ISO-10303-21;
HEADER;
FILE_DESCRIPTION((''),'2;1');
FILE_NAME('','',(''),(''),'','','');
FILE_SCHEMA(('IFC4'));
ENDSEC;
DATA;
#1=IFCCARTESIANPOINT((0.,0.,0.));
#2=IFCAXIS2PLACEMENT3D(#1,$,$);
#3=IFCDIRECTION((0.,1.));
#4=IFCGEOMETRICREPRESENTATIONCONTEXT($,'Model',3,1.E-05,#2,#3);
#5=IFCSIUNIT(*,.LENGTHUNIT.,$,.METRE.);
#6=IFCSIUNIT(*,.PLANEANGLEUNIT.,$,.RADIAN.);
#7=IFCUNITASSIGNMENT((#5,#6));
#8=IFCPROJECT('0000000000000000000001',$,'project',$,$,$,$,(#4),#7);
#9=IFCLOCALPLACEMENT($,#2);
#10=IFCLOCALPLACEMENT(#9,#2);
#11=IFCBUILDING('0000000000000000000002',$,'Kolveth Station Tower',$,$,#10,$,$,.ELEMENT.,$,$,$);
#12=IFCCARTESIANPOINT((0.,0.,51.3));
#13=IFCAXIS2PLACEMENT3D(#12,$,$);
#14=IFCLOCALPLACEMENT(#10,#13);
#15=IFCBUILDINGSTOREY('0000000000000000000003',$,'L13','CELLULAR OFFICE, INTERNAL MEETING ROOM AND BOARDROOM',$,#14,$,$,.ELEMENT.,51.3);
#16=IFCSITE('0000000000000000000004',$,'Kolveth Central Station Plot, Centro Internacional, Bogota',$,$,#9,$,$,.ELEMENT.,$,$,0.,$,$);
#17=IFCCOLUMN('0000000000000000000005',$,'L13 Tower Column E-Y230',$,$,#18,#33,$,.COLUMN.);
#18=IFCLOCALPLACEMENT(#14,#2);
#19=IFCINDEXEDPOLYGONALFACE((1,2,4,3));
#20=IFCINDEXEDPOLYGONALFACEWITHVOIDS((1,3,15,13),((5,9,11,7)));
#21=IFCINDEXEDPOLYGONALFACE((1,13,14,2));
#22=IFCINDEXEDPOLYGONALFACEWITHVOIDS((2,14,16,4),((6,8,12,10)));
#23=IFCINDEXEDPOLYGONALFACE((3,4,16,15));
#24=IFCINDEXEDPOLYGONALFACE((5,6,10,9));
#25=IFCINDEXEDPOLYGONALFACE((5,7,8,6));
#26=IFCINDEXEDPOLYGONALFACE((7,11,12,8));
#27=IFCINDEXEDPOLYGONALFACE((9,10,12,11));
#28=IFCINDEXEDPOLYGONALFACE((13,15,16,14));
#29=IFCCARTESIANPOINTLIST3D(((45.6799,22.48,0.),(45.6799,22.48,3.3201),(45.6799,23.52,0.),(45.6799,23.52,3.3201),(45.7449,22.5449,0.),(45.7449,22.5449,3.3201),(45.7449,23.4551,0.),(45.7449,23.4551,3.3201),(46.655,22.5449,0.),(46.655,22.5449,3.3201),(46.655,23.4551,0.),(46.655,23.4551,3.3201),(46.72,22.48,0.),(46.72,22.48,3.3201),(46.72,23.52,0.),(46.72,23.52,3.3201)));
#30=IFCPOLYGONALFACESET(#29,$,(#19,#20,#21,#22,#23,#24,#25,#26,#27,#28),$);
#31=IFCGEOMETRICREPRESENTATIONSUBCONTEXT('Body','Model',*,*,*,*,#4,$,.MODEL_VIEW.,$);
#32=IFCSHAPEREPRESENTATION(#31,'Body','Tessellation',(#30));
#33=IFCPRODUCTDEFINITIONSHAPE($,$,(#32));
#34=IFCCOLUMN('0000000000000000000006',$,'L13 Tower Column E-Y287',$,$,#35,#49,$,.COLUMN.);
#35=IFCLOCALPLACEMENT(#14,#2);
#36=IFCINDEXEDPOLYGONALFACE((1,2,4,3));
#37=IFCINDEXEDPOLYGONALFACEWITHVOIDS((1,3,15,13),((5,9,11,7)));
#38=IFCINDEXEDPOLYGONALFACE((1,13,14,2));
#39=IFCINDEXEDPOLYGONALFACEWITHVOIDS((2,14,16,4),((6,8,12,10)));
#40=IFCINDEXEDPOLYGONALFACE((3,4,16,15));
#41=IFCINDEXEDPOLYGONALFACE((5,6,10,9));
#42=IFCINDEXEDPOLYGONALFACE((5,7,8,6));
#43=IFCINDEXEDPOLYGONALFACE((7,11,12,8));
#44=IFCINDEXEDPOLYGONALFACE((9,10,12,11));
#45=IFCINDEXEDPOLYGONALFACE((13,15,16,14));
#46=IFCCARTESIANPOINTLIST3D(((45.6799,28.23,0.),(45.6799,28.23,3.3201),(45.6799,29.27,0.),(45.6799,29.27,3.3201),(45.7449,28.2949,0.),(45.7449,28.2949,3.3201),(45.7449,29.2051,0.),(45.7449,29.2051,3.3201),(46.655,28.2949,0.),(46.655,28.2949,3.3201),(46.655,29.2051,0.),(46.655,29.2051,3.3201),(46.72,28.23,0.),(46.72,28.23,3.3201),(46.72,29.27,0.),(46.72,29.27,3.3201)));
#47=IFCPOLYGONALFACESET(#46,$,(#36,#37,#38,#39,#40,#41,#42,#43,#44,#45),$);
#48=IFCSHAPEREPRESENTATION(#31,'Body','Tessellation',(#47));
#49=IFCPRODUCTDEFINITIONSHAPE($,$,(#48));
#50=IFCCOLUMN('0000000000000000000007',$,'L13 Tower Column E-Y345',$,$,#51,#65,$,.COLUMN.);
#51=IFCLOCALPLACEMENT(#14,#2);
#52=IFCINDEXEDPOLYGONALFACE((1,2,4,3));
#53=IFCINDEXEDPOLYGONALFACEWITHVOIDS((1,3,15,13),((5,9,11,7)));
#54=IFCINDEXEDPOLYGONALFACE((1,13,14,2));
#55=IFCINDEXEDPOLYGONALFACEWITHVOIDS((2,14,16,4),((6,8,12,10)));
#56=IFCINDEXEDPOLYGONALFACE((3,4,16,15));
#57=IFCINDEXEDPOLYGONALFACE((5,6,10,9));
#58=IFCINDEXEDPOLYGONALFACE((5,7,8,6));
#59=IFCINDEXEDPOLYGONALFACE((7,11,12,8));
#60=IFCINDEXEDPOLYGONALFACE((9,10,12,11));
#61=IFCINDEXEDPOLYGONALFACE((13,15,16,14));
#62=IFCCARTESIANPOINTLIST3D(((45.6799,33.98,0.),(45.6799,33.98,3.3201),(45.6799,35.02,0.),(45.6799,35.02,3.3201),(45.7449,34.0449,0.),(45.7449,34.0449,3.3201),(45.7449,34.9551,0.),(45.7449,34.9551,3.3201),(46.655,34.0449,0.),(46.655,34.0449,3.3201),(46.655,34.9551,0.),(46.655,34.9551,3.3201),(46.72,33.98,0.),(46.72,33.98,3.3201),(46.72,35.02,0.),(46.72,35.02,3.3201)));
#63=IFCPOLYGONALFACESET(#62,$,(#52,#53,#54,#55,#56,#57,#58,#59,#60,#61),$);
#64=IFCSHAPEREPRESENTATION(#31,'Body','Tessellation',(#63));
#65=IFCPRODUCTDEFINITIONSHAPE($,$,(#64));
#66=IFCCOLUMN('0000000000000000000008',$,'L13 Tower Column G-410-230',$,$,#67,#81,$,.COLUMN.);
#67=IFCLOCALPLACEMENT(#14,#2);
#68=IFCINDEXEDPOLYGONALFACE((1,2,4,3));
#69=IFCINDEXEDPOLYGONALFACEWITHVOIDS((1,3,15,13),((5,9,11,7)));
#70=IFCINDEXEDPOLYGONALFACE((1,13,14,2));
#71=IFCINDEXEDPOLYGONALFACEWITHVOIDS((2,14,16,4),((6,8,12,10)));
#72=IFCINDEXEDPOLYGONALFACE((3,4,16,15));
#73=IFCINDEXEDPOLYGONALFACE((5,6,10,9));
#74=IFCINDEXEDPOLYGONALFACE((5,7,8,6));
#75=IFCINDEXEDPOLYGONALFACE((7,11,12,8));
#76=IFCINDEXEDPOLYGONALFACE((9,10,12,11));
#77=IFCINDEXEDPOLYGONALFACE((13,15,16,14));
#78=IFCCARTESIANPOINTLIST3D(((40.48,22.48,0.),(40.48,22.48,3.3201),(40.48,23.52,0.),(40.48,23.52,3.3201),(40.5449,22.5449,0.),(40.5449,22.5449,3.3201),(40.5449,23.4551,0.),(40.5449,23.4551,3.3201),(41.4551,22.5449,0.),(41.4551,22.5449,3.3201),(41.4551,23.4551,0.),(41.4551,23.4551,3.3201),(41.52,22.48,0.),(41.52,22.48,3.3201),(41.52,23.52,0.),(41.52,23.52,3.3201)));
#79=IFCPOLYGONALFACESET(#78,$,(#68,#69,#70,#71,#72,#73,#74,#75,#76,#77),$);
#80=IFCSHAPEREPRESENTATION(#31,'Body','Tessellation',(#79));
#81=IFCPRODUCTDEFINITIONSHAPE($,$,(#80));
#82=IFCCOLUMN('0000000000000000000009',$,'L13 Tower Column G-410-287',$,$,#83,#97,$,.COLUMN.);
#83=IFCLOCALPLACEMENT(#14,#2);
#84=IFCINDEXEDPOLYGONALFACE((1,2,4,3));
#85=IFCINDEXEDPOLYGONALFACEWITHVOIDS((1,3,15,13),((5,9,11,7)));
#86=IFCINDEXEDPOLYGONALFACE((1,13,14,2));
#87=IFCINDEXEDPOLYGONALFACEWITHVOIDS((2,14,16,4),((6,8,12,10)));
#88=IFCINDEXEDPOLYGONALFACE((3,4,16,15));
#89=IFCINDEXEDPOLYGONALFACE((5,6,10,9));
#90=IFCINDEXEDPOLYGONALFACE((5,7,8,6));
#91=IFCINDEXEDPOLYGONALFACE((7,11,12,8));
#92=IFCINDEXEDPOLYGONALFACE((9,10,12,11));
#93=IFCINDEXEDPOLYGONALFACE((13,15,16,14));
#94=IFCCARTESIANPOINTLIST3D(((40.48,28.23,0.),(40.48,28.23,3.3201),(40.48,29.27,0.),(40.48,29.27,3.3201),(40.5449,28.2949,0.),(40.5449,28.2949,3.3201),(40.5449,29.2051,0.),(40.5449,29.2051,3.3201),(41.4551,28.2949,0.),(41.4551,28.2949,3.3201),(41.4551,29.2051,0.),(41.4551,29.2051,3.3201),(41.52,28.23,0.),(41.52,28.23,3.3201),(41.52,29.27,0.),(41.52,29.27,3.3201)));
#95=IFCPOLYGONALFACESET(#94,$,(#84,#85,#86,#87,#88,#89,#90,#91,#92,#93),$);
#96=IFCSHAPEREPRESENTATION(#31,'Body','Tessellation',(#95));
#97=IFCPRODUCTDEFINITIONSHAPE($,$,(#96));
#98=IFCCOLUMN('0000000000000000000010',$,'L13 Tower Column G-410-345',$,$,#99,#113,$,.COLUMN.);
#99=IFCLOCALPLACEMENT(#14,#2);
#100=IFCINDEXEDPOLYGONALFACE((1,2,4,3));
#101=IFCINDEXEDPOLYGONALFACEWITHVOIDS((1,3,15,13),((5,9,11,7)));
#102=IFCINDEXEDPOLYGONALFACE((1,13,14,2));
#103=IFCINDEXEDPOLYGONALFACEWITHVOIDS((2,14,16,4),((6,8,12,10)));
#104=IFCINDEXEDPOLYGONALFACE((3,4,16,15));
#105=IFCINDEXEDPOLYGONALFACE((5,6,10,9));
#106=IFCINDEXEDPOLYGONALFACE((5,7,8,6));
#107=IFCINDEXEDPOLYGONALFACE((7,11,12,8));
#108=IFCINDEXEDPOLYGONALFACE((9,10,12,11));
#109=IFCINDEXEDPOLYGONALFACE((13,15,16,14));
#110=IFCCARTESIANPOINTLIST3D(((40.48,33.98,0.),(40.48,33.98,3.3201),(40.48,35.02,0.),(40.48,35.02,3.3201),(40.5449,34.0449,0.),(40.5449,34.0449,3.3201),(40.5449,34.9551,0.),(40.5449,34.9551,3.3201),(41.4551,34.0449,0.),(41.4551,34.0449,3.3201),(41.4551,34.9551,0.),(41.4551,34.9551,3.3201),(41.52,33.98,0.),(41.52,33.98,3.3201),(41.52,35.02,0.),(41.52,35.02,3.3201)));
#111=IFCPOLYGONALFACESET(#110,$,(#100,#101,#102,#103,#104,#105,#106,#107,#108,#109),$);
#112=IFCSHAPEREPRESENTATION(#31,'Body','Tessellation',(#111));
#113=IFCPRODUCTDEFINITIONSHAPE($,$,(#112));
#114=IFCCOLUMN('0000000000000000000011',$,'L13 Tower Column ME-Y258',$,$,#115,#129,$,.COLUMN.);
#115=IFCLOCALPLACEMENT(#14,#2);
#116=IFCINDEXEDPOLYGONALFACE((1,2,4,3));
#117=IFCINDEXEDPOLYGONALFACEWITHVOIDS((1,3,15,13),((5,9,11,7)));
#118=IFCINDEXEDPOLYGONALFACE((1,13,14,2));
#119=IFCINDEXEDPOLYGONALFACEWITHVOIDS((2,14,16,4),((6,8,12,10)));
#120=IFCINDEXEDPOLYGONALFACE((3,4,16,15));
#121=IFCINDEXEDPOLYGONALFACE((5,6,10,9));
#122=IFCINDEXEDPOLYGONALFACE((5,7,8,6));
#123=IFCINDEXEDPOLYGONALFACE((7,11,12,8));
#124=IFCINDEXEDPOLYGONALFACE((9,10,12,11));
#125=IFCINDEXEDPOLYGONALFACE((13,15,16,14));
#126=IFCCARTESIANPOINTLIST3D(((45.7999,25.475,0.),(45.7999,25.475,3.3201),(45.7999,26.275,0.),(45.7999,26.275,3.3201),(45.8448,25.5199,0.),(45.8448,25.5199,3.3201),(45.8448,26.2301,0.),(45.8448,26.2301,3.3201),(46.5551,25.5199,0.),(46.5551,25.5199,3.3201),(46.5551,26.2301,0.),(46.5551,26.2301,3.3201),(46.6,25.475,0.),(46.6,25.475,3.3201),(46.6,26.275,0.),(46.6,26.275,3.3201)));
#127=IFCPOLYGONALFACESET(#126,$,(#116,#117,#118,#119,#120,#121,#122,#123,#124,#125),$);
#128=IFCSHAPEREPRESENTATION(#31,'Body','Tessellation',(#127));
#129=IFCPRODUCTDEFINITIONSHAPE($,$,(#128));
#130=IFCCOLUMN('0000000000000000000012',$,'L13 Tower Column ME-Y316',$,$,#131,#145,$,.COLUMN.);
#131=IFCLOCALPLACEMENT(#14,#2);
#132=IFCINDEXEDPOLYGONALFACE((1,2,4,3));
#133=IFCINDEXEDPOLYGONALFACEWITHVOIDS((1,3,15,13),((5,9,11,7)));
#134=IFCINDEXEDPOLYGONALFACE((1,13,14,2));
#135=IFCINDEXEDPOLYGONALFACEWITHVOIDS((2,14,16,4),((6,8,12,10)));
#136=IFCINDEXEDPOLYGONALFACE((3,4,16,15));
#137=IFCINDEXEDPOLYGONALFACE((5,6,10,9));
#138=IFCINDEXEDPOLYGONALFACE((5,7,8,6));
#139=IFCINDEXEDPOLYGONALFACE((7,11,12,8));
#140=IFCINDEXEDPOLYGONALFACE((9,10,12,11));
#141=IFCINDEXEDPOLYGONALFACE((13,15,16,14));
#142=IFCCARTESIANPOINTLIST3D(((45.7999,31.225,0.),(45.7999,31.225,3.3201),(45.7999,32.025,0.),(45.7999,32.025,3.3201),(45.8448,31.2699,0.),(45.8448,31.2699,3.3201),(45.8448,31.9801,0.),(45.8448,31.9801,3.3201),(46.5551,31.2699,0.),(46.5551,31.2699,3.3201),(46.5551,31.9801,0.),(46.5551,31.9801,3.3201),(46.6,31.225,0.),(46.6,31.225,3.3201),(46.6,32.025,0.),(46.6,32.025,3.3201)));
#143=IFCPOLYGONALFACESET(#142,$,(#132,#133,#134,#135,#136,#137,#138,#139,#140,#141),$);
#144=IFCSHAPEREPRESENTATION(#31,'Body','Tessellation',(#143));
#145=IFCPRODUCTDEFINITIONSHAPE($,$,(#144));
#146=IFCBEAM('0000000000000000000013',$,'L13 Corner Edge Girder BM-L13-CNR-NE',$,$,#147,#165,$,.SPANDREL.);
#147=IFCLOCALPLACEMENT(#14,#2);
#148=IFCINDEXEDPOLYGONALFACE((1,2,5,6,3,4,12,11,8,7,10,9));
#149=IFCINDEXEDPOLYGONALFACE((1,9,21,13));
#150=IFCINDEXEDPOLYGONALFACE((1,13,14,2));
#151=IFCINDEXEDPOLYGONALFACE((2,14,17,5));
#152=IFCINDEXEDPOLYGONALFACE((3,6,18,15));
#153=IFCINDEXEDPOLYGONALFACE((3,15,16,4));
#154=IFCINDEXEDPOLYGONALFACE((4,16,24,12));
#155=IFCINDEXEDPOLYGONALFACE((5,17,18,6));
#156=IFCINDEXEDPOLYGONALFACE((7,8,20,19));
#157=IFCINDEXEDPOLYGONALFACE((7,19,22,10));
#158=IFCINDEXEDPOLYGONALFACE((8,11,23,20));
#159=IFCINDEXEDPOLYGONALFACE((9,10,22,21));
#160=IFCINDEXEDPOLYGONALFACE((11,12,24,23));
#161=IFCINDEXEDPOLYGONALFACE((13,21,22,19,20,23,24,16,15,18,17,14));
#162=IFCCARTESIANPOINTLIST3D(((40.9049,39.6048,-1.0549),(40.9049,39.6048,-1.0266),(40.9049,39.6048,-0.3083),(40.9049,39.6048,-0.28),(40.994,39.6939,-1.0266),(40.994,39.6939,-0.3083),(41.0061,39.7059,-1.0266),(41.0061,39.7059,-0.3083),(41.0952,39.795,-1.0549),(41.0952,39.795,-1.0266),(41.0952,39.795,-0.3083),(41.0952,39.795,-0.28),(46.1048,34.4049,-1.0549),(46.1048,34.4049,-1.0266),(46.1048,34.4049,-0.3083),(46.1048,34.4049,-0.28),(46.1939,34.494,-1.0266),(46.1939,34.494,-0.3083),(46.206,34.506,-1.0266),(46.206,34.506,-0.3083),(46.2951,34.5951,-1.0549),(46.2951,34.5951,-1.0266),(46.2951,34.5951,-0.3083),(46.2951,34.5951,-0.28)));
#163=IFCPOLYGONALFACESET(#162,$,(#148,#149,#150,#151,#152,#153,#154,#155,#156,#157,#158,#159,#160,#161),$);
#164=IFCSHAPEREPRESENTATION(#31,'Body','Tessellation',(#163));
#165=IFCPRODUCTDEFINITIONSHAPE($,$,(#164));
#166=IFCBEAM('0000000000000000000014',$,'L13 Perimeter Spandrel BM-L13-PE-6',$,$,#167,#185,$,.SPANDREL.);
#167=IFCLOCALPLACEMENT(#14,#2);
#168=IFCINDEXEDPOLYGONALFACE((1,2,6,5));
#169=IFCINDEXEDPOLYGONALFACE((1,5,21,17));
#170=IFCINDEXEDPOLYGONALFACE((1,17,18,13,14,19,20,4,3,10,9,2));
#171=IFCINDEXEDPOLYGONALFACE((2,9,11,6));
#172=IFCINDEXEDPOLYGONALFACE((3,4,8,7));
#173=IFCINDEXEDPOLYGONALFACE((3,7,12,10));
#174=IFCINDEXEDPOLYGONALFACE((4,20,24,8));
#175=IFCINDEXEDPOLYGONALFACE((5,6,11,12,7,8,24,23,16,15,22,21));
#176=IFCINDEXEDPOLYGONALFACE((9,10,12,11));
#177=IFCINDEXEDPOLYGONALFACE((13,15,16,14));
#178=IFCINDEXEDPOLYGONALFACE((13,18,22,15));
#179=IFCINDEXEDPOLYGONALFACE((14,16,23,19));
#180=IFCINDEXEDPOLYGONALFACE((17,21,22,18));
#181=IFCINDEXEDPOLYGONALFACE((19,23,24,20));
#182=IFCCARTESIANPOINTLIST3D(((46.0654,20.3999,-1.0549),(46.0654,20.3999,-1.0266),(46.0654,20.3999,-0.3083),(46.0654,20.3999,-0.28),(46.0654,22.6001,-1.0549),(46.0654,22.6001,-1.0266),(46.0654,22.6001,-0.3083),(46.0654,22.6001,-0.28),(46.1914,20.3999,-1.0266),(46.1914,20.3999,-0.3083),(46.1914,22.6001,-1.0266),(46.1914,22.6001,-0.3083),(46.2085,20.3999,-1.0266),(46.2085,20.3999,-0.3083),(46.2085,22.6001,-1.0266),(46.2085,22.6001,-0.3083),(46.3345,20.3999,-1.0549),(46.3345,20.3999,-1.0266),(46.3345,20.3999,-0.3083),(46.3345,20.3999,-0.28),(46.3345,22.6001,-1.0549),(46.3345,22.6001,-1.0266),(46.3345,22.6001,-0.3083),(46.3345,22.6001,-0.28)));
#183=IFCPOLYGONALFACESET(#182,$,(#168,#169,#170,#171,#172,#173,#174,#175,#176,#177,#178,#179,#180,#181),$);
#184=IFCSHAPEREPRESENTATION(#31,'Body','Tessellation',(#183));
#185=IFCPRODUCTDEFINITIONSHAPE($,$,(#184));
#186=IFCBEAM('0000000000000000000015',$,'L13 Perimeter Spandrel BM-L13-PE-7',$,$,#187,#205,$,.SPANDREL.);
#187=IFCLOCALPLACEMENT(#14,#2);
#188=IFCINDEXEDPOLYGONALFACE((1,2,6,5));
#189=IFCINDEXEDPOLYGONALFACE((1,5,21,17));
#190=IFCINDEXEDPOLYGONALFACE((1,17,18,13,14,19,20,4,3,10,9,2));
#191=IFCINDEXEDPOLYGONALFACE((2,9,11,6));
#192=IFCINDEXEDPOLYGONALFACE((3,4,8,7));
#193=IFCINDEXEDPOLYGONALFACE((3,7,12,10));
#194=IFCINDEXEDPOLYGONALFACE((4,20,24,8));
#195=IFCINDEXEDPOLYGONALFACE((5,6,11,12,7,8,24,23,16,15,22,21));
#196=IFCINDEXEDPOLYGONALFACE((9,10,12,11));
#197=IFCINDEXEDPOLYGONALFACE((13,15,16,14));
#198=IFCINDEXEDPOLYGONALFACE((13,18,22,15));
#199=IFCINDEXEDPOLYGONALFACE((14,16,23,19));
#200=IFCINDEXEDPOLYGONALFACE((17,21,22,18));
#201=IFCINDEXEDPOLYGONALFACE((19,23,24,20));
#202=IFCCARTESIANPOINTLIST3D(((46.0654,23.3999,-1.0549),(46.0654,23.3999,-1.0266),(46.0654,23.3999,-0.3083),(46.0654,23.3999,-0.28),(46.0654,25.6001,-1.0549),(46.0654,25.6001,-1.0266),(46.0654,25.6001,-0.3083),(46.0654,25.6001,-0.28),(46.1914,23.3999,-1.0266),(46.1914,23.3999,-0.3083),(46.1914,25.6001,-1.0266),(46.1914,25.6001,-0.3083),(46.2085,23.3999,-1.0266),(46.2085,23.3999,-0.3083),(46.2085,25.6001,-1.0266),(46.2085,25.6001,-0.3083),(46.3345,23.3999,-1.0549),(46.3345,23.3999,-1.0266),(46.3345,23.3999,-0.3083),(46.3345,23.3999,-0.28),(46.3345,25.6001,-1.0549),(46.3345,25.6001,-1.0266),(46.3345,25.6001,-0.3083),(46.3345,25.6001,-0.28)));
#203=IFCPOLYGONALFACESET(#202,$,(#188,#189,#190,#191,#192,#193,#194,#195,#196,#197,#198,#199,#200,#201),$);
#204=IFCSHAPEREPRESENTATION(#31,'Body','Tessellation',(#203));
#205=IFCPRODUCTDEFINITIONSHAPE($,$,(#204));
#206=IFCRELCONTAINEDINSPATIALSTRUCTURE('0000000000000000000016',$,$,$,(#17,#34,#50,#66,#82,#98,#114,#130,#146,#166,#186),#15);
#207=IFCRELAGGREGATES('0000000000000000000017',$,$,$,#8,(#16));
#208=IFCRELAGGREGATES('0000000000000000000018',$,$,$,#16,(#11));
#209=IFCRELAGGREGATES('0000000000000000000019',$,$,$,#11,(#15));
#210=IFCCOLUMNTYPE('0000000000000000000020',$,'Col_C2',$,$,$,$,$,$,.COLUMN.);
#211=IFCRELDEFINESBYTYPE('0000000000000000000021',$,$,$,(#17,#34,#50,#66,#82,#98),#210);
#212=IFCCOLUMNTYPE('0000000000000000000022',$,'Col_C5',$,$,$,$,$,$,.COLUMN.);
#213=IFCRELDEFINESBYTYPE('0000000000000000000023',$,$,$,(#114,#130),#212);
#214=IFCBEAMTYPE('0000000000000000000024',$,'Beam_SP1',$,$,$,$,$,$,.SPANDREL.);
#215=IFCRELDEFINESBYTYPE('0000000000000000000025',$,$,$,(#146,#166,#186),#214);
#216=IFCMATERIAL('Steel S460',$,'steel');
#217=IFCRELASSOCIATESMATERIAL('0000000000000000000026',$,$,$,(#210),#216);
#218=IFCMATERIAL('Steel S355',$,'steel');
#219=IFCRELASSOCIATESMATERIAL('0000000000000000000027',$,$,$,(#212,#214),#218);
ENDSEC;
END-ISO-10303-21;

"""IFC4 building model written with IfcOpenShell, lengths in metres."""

from ifc_helpers import new_model, si_unit, direction, frame, origin, origin_2d, place, context, subcontext, project, spatial, hollow_rectangle, i_section, extrude, source, transform, mapped, material, material_profile, profile_set, type_object, element, save


model = new_model("IFC4")

# Units and contexts
model_context = context("Model", 3, precision=1e-05, world=origin(), true_north=direction((0.0, 1.0)))
body_context = subcontext(model_context, "Body", "Model", "MODEL_VIEW")
ifc_project = project(units=[si_unit("LENGTHUNIT", "METRE"), si_unit("PLANEANGLEUNIT", "RADIAN")], contexts=[model_context])

# Site, building, storey
site_placement = place(None, origin())
site = spatial("IfcSite", under=ifc_project, at=site_placement, Name="Kolveth Central Station Plot, Centro Internacional, Bogota", CompositionType="ELEMENT", RefElevation=0.0)
building_placement = place(site_placement, origin())
building = spatial("IfcBuilding", under=site, at=building_placement, Name="Kolveth Station Tower", CompositionType="ELEMENT")
storey_placement = place(building_placement, frame((0.0, 0.0, 51.3)))
storey = spatial("IfcBuildingStorey", under=building, at=storey_placement, Name="L13", Description="CELLULAR OFFICE, INTERNAL MEETING ROOM AND BOARDROOM", CompositionType="ELEMENT", Elevation=51.3)

# Columns
ifc_material_1 = material(Name="Steel S460", Category="steel")
ifc_material_profile_1 = material_profile(ifc_material_1, hollow_rectangle(XDim=1.04, YDim=1.04, WallThickness=0.0649, at=origin_2d()), Name="BOX1040x1040x65")
ifc_profile_set_1 = profile_set([ifc_material_profile_1], Name="Steel S460")
column_type_1 = type_object("IfcColumnType", Name="Col_C2", PredefinedType="COLUMN", material=ifc_profile_set_1)
shared_shape_1 = source(origin(), body_context, "Body", "SweptSolid", [
    extrude(hollow_rectangle(XDim=1.04, YDim=1.04, WallThickness=0.0649, at=origin_2d()), origin(), (0.0, 0.0, 1.0), 3.3201),
])
for number, where, z_axis, x_axis, name in (
    (1, (46.2, 23.0, 0.0), (0.0, 0.0, 1.0), (1.0, 0.0, 0.0), "L13 Tower Column E-Y230"),
    (2, (46.2, 28.75, 0.0), (0.0, 0.0, 1.0), (1.0, 0.0, 0.0), "L13 Tower Column E-Y287"),
    (3, (46.2, 34.5, 0.0), (0.0, 0.0, 1.0), (1.0, 0.0, 0.0), "L13 Tower Column E-Y345"),
    (4, (41.0, 23.0, 0.0), (0.0, 0.0, 1.0), (1.0, 0.0, 0.0), "L13 Tower Column G-410-230"),
    (5, (41.0, 28.75, 0.0), (0.0, 0.0, 1.0), (1.0, 0.0, 0.0), "L13 Tower Column G-410-287"),
    (6, (41.0, 34.5, 0.0), (0.0, 0.0, 1.0), (1.0, 0.0, 0.0), "L13 Tower Column G-410-345"),
):
    element("IfcColumn", number, at=place(storey_placement, frame(where, z_axis=z_axis, x_axis=x_axis)), inside=storey, type_object=column_type_1, Name=name, PredefinedType="COLUMN", context=body_context, shape_type="MappedRepresentation", body=[
        mapped(shared_shape_1, transform((0.0, 0.0, 0.0), x_axis=(1.0, 0.0, 0.0), y_axis=(0.0, 1.0, 0.0), z_axis=(0.0, 0.0, 1.0), scale=1.0)),
    ])
ifc_material_2 = material(Name="Steel S355", Category="steel")
ifc_material_profile_2 = material_profile(ifc_material_2, hollow_rectangle(XDim=0.8, YDim=0.8, WallThickness=0.0449, at=origin_2d()), Name="BOX800x800x45")
ifc_profile_set_2 = profile_set([ifc_material_profile_2], Name="Steel S355")
column_type_2 = type_object("IfcColumnType", Name="Col_C5", PredefinedType="COLUMN", material=ifc_profile_set_2)
shared_shape_2 = source(origin(), body_context, "Body", "SweptSolid", [
    extrude(hollow_rectangle(XDim=0.8, YDim=0.8, WallThickness=0.0449, at=origin_2d()), origin(), (0.0, 0.0, 1.0), 3.3201),
])
for number, where, z_axis, x_axis, name in (
    (7, (46.2, 25.875, 0.0), (0.0, 0.0, 1.0), (1.0, 0.0, 0.0), "L13 Tower Column ME-Y258"),
    (8, (46.2, 31.625, 0.0), (0.0, 0.0, 1.0), (1.0, 0.0, 0.0), "L13 Tower Column ME-Y316"),
):
    element("IfcColumn", number, at=place(storey_placement, frame(where, z_axis=z_axis, x_axis=x_axis)), inside=storey, type_object=column_type_2, Name=name, PredefinedType="COLUMN", context=body_context, shape_type="MappedRepresentation", body=[
        mapped(shared_shape_2, transform((0.0, 0.0, 0.0), x_axis=(1.0, 0.0, 0.0), y_axis=(0.0, 1.0, 0.0), z_axis=(0.0, 0.0, 1.0), scale=1.0)),
    ])

# Beams
ifc_material_profile_3 = material_profile(ifc_material_2, i_section(OverallWidth=0.269, OverallDepth=0.7749, WebThickness=0.0171, FlangeThickness=0.0283, at=origin_2d()), Name="W760x220")
ifc_profile_set_3 = profile_set([ifc_material_profile_3], Name="Steel S355")
beam_type_1 = type_object("IfcBeamType", Name="Beam_SP1", PredefinedType="SPANDREL", material=ifc_profile_set_3)
shared_shape_3 = source(origin(), body_context, "Body", "SweptSolid", [
    extrude(i_section(OverallWidth=0.269, OverallDepth=0.7749, WebThickness=0.0171, FlangeThickness=0.0283, at=origin_2d()), origin(), (0.0, 0.0, 1.0), 7.3538),
])
beam_placement = place(storey_placement, frame((46.2, 34.5, -0.6675), z_axis=(-0.707107, 0.707107, 0.0), x_axis=(-0.707107, -0.707107, 0.0)))
element("IfcBeam", 9, at=beam_placement, inside=storey, type_object=beam_type_1, Name="L13 Corner Edge Girder BM-L13-CNR-NE", PredefinedType="SPANDREL", context=body_context, shape_type="MappedRepresentation", body=[
    mapped(shared_shape_3, transform((0.0, 0.0, 0.0), x_axis=(1.0, 0.0, 0.0), y_axis=(0.0, 1.0, 0.0), z_axis=(0.0, 0.0, 1.0), scale=1.0)),
])
shared_shape_4 = source(origin(), body_context, "Body", "SweptSolid", [
    extrude(i_section(OverallWidth=0.269, OverallDepth=0.7749, WebThickness=0.0171, FlangeThickness=0.0283, at=origin_2d()), origin(), (0.0, 0.0, 1.0), 2.2002),
])
for number, where, z_axis, x_axis, name in (
    (10, (46.2, 20.3999, -0.6675), (0.0, 1.0, 0.0), (-1.0, 0.0, 0.0), "L13 Perimeter Spandrel BM-L13-PE-6"),
    (11, (46.2, 23.3999, -0.6675), (0.0, 1.0, 0.0), (-1.0, 0.0, 0.0), "L13 Perimeter Spandrel BM-L13-PE-7"),
):
    element("IfcBeam", number, at=place(storey_placement, frame(where, z_axis=z_axis, x_axis=x_axis)), inside=storey, type_object=beam_type_1, Name=name, PredefinedType="SPANDREL", context=body_context, shape_type="MappedRepresentation", body=[
        mapped(shared_shape_4, transform((0.0, 0.0, 0.0), x_axis=(1.0, 0.0, 0.0), y_axis=(0.0, 1.0, 0.0), z_axis=(0.0, 0.0, 1.0), scale=1.0)),
    ])

save(model, "model.ifc")
